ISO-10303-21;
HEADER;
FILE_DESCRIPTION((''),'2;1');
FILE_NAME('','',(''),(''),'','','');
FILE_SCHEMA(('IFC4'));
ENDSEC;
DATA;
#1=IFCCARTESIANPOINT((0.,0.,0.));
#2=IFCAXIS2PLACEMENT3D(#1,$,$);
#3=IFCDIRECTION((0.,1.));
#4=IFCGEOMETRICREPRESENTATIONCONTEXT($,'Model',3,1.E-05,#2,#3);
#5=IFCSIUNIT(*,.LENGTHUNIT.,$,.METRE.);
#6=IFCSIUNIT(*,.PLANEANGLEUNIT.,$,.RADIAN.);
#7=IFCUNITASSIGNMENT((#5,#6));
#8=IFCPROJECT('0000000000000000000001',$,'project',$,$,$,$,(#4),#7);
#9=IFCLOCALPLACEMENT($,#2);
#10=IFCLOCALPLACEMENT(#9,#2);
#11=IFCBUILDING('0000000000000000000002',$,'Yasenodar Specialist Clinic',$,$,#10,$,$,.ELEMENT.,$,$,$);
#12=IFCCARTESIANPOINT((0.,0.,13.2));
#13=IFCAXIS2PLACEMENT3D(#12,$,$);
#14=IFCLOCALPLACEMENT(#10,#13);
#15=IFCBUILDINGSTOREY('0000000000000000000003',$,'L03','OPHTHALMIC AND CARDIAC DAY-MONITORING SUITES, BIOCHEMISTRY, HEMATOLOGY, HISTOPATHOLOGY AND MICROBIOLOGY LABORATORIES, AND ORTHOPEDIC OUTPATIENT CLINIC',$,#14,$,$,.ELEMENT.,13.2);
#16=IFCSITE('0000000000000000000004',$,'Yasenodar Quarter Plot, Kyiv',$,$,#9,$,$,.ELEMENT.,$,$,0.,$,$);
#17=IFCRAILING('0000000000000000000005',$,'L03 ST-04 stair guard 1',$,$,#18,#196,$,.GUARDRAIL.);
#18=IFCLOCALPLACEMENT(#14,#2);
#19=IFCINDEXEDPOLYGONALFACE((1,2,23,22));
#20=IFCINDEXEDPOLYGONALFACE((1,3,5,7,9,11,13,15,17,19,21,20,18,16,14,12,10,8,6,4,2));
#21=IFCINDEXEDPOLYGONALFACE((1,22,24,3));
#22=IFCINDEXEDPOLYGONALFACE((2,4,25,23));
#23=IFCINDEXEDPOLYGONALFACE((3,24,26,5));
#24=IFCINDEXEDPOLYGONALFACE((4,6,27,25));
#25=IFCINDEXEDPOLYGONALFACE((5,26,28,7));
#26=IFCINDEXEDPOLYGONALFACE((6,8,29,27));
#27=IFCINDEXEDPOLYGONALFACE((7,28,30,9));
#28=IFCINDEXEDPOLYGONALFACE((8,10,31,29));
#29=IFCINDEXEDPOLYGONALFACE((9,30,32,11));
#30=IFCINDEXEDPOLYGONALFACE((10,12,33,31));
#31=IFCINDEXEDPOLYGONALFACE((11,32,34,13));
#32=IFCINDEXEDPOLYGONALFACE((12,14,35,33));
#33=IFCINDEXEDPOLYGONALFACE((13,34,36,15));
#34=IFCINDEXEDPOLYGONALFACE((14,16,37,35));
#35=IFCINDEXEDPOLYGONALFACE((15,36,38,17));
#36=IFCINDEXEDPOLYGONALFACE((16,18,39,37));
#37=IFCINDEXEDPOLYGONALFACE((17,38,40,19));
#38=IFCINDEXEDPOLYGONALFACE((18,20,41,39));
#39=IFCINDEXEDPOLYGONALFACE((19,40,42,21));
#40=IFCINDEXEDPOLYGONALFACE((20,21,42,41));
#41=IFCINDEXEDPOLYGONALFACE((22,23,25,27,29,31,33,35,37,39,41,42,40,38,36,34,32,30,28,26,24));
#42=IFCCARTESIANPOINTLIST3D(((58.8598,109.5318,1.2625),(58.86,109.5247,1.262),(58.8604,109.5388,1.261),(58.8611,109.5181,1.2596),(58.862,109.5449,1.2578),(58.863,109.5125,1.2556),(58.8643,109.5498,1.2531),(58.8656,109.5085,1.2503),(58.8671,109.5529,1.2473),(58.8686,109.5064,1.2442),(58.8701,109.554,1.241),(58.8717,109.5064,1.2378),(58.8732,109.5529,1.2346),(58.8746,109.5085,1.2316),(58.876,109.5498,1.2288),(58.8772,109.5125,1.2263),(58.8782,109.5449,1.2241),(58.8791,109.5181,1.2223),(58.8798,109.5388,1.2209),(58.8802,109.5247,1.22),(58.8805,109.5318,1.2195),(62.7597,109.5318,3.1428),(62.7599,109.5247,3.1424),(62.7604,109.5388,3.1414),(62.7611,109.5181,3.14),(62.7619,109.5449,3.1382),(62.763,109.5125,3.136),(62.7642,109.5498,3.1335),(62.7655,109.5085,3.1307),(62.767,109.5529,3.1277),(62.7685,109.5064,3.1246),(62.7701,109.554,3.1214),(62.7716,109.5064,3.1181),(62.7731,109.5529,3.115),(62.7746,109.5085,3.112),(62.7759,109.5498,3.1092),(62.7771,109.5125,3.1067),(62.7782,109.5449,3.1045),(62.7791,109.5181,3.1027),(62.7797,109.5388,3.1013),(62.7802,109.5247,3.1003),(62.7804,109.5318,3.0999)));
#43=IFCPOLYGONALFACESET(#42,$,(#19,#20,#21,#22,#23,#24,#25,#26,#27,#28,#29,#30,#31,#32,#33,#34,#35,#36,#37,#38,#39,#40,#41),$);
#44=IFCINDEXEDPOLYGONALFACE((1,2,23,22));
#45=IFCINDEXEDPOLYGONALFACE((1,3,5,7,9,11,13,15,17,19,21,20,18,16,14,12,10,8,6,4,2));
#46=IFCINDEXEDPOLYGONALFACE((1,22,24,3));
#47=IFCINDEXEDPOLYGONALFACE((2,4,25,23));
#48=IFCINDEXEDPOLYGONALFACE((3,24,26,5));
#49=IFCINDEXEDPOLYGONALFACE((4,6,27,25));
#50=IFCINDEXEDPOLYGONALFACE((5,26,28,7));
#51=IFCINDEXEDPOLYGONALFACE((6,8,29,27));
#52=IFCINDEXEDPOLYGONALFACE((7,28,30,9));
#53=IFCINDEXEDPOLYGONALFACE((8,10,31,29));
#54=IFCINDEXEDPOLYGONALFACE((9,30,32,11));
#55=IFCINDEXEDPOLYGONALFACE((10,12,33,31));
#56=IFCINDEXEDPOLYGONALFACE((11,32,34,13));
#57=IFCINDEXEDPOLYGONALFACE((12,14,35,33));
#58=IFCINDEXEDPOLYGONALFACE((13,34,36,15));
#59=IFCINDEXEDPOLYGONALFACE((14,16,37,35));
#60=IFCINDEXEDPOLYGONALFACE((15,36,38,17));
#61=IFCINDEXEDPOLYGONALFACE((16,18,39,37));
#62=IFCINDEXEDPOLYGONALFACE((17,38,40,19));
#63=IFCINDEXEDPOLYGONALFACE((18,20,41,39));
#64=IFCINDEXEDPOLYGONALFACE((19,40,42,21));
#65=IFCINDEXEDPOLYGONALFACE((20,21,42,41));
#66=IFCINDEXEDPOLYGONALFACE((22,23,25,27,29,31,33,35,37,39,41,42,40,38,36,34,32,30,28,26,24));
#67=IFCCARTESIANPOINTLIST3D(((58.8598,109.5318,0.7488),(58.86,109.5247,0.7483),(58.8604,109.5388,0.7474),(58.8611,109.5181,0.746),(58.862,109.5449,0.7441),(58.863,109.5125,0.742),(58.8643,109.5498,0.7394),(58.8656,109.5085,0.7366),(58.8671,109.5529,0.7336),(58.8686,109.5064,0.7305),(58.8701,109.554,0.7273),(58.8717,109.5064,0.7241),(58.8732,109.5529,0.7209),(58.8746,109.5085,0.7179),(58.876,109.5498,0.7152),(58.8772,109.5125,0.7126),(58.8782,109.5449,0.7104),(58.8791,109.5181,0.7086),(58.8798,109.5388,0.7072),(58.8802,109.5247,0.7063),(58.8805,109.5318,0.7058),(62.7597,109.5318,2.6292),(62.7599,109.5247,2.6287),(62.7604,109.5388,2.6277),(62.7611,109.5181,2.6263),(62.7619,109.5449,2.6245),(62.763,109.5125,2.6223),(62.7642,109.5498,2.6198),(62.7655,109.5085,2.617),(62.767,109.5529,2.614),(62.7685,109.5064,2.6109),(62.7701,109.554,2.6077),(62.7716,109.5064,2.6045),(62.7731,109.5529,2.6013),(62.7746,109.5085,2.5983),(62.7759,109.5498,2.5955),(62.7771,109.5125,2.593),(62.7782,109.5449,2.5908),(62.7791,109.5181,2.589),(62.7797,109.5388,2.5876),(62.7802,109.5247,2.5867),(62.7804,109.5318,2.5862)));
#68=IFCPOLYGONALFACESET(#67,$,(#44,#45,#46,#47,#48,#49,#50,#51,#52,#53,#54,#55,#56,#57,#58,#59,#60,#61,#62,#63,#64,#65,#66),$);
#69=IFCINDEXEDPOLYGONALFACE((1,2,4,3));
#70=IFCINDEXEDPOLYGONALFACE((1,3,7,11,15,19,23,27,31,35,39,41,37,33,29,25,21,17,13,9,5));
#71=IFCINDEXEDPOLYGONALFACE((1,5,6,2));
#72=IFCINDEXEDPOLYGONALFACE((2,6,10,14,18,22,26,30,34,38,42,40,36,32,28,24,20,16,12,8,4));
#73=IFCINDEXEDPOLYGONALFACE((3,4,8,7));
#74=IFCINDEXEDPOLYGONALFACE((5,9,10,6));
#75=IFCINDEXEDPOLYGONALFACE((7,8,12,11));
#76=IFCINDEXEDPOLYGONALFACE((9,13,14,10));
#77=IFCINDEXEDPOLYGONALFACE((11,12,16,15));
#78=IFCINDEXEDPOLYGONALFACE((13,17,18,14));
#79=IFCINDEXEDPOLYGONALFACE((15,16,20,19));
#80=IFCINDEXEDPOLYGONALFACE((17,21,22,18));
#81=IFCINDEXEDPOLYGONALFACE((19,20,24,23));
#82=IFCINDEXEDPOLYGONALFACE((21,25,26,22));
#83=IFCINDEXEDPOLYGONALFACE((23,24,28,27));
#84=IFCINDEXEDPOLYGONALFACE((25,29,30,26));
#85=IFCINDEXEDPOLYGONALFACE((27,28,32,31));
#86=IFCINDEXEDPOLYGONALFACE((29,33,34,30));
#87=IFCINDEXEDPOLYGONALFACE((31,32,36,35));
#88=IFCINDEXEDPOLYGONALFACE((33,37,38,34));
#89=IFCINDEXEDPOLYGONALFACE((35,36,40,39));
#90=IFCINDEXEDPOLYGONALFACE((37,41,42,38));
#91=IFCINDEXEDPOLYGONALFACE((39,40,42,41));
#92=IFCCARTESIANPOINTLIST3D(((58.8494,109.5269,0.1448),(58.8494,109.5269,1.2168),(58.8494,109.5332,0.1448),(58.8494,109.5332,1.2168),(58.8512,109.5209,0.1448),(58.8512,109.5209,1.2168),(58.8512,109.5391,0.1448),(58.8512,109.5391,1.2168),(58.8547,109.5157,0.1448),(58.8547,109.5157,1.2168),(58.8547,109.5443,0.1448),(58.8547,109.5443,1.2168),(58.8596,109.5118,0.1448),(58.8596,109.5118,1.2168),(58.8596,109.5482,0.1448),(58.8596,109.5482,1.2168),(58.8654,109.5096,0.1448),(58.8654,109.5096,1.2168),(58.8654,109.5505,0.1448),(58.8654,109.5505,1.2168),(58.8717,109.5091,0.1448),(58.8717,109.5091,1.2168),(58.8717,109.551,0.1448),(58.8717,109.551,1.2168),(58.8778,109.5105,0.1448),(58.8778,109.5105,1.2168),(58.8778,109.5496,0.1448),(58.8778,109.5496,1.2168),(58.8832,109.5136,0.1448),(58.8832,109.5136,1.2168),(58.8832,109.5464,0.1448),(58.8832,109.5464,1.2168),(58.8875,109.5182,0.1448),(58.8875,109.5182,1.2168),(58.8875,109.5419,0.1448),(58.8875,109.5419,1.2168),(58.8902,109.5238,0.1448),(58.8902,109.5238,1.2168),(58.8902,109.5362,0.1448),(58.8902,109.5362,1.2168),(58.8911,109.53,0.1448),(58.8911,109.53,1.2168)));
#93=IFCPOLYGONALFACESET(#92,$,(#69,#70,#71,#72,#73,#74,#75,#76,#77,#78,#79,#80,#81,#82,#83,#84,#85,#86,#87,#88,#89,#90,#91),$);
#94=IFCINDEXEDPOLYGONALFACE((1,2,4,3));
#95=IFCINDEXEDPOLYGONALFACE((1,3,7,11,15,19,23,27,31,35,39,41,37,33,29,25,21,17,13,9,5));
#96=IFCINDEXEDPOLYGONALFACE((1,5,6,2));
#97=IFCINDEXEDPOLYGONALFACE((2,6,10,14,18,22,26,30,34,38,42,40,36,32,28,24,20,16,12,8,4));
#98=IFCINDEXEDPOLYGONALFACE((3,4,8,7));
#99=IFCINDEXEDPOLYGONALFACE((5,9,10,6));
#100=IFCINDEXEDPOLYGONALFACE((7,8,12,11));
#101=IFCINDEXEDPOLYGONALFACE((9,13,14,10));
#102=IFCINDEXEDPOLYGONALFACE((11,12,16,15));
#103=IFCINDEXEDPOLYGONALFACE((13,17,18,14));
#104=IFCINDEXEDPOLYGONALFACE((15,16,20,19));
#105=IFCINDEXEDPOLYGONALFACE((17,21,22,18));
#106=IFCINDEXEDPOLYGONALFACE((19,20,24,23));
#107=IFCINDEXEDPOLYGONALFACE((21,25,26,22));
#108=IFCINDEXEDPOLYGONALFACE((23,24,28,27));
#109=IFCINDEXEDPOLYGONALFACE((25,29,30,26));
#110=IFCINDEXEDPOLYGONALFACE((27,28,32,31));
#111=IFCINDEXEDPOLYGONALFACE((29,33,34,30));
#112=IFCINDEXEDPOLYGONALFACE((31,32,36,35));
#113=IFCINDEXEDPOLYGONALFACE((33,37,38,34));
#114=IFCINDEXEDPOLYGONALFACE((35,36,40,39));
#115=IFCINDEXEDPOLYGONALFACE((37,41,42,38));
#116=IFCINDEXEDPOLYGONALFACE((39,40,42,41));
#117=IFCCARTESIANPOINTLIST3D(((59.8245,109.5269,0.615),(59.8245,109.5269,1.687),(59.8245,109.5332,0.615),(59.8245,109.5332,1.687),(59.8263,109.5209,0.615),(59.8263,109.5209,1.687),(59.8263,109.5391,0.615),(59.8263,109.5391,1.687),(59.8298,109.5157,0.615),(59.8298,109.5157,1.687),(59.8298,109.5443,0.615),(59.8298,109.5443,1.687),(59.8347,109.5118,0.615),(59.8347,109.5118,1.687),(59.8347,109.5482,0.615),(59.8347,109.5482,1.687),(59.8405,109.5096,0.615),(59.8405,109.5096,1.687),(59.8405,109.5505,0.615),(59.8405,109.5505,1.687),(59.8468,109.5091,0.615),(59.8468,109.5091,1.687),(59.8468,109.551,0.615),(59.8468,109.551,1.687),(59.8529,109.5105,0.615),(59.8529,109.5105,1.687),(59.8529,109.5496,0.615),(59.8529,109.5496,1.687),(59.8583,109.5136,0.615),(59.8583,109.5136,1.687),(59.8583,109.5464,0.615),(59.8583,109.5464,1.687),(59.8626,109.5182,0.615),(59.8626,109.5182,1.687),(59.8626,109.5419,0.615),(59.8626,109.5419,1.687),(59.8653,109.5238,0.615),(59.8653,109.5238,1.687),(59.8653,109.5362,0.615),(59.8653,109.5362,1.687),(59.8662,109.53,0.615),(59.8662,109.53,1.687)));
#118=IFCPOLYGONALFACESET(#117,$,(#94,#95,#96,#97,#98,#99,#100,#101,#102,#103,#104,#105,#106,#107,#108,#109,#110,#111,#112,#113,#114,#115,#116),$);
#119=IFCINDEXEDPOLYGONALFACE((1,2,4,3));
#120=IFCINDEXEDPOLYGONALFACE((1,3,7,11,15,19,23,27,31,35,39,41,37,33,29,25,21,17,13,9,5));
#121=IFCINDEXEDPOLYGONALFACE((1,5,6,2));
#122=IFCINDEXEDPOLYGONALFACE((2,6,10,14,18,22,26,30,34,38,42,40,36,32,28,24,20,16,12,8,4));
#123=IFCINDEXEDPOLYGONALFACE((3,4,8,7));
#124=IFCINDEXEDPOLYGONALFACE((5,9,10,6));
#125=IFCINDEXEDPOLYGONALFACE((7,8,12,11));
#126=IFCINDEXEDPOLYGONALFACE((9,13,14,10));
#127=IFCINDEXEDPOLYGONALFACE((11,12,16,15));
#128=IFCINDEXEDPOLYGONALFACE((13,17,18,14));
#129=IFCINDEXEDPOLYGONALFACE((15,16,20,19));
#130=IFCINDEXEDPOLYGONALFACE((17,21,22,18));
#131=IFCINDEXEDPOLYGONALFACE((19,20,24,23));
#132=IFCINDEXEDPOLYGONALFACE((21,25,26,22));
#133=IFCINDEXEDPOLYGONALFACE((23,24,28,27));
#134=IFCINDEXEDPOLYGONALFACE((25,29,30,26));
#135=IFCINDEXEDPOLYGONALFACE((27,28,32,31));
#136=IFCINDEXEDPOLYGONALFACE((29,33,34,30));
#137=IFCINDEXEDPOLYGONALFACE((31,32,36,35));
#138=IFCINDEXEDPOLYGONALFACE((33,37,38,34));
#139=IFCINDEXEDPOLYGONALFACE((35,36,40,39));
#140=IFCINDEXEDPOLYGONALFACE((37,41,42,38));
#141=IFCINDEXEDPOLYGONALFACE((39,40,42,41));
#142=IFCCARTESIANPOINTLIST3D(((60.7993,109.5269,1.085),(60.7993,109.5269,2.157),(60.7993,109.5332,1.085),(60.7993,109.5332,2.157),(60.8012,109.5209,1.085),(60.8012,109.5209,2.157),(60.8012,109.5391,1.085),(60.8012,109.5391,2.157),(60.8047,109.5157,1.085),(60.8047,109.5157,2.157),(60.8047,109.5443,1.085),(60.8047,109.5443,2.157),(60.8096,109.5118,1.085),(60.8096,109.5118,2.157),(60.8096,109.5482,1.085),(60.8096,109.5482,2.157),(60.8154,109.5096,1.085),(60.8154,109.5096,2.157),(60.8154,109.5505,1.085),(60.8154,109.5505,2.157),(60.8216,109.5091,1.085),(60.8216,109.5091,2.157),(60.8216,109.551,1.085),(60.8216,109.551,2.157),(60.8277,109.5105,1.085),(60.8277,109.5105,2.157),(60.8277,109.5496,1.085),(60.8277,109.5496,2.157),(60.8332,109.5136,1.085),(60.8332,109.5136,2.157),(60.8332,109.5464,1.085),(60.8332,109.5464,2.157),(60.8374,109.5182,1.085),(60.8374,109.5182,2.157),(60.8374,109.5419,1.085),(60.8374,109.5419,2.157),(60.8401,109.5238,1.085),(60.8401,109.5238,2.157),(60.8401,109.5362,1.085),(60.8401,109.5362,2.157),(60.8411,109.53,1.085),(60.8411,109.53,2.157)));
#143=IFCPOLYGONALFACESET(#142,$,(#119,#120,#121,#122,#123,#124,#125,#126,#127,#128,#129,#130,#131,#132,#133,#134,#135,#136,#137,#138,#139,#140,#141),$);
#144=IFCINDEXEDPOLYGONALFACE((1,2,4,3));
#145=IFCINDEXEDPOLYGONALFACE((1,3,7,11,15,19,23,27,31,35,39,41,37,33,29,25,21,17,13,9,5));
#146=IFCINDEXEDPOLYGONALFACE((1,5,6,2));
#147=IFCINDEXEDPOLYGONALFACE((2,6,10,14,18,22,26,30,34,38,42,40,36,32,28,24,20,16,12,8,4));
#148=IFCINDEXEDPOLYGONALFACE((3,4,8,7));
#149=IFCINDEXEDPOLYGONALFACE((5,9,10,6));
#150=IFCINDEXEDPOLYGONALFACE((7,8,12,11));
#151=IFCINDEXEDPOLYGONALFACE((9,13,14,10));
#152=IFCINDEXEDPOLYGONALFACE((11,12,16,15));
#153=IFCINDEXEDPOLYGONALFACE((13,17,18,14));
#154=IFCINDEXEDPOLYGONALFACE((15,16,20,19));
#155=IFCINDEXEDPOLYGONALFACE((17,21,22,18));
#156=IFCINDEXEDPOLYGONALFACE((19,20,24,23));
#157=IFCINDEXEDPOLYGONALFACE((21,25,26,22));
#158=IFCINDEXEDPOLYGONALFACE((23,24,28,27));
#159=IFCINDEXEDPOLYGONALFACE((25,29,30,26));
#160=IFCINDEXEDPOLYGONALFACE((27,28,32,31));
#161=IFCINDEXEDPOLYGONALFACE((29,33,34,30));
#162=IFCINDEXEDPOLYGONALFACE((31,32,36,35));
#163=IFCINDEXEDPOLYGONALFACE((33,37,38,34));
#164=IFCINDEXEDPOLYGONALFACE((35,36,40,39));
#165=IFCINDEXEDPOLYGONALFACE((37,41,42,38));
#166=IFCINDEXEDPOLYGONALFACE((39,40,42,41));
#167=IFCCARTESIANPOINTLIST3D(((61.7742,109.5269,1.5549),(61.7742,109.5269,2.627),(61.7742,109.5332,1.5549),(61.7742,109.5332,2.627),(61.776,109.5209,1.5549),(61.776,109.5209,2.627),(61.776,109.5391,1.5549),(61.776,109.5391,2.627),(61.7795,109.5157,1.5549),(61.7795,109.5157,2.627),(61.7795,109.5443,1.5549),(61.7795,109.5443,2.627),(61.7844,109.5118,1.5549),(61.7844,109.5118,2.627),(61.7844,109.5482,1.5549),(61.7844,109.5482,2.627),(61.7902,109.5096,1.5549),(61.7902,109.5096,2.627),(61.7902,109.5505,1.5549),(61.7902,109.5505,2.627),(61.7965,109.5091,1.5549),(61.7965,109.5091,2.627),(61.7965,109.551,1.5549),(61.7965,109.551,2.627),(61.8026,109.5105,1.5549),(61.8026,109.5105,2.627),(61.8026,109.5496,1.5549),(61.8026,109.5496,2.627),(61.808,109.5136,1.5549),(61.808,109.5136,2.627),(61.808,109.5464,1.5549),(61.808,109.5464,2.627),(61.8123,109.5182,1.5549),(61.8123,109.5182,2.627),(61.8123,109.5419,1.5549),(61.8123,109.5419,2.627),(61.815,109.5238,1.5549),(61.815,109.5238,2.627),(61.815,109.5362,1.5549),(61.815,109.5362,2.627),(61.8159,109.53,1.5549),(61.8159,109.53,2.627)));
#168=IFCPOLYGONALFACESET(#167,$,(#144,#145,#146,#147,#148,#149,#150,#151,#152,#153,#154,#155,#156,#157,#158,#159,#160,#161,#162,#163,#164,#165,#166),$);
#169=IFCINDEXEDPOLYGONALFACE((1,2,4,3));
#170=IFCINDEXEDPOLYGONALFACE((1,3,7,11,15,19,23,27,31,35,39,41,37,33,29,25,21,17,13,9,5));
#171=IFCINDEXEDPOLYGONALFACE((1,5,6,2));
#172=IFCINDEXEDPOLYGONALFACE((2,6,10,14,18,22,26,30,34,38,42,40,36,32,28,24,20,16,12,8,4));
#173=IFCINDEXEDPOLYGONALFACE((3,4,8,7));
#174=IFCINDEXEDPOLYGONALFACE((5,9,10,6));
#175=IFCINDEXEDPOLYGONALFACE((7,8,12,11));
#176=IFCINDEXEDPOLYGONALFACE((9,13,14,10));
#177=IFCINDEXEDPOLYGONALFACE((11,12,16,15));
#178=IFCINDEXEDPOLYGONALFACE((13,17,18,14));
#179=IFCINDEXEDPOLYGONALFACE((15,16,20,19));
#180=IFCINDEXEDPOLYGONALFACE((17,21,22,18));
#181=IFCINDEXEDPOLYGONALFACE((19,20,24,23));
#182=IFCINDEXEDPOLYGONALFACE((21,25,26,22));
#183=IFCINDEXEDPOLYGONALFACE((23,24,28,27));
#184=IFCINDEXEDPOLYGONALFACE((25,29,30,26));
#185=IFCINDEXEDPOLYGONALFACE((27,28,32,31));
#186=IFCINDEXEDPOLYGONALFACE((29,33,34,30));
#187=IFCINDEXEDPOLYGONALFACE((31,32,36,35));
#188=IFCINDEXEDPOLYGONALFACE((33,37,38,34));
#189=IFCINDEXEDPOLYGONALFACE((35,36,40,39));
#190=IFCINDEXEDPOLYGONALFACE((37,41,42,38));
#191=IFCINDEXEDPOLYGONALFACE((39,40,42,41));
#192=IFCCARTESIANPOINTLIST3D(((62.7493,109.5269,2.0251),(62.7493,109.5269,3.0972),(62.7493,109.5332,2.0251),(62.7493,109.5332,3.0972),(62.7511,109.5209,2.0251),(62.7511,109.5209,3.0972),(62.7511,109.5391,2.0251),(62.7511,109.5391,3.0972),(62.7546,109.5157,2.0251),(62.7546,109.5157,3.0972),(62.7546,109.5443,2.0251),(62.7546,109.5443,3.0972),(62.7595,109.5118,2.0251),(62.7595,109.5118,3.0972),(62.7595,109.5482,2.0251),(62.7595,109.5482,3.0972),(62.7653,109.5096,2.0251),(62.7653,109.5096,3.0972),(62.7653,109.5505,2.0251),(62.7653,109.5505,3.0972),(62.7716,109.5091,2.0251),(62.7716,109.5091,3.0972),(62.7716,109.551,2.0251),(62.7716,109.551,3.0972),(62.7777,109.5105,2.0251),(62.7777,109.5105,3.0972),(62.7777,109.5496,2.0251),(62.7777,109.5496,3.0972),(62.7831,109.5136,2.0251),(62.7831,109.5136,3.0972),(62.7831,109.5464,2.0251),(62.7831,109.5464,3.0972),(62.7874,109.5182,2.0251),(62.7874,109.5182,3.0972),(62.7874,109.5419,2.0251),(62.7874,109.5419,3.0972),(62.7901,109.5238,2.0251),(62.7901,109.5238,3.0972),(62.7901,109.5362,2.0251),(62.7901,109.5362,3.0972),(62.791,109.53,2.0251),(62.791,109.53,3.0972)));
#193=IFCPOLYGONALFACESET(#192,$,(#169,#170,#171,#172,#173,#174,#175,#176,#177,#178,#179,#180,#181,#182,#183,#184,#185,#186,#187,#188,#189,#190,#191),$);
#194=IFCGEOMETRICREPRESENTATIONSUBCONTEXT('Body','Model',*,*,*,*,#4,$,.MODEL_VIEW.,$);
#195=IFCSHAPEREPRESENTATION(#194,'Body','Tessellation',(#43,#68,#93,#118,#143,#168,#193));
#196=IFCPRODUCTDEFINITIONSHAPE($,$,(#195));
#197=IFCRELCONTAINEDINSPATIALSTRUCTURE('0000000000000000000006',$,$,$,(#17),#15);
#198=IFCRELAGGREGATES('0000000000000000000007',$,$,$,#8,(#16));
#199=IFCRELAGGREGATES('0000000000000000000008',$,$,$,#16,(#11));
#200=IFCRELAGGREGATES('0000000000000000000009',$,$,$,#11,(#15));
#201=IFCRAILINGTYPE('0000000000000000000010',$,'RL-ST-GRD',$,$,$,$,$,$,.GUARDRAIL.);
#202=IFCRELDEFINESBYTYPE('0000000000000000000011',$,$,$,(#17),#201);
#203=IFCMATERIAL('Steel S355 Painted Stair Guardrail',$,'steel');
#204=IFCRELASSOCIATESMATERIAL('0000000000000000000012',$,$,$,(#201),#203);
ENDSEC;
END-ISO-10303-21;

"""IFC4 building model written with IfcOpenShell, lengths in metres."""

from ifc_helpers import new_model, si_unit, direction, frame, origin, origin_2d, place, context, subcontext, project, spatial, circle, extrude, material, type_object, element, save


model = new_model("IFC4")

# Units and contexts
model_context = context("Model", 3, precision=1e-05, world=origin(), true_north=direction((0.0, 1.0)))
body_context = subcontext(model_context, "Body", "Model", "MODEL_VIEW")
ifc_project = project(units=[si_unit("LENGTHUNIT", "METRE"), si_unit("PLANEANGLEUNIT", "RADIAN")], contexts=[model_context])

# Site, building, storey
site_placement = place(None, origin())
site = spatial("IfcSite", under=ifc_project, at=site_placement, Name="Yasenodar Quarter Plot, Kyiv", CompositionType="ELEMENT", RefElevation=0.0)
building_placement = place(site_placement, origin())
building = spatial("IfcBuilding", under=site, at=building_placement, Name="Yasenodar Specialist Clinic", CompositionType="ELEMENT")
storey_placement = place(building_placement, frame((0.0, 0.0, 13.2)))
storey = spatial("IfcBuildingStorey", under=building, at=storey_placement, Name="L03", Description="OPHTHALMIC AND CARDIAC DAY-MONITORING SUITES, BIOCHEMISTRY, HEMATOLOGY, HISTOPATHOLOGY AND MICROBIOLOGY LABORATORIES, AND ORTHOPEDIC OUTPATIENT CLINIC", CompositionType="ELEMENT", Elevation=13.2)

# Railing
ifc_material_1 = material(Name="Steel S355 Painted Stair Guardrail", Category="steel")
railing_type_1 = type_object("IfcRailingType", Name="RL-ST-GRD", PredefinedType="GUARDRAIL", material=ifc_material_1)
railing_1_placement = place(storey_placement, frame((58.8701, 109.53, 0.1448)))
element("IfcRailing", 1, at=railing_1_placement, inside=storey, type_object=railing_type_1, Name="L03 ST-04 stair guard 1", PredefinedType="GUARDRAIL", context=body_context, shape_type="SweptSolid", body=[
    extrude(circle(Radius=0.0239, at=origin_2d()), frame((0.0, 0.0, 1.0962), z_axis=(0.900763, 0.0, 0.434311), x_axis=(0.0, 1.0, 0.0)), (0.0, 0.0, 1.0), 4.3296),
    extrude(circle(Radius=0.0239, at=origin_2d()), frame((0.0, 0.0, 0.5825), z_axis=(0.900763, 0.0, 0.434311), x_axis=(0.0, 1.0, 0.0)), (0.0, 0.0, 1.0), 4.3296),
    extrude(circle(Radius=0.021, at=origin_2d()), origin(), (0.0, 0.0, 1.0), 1.072),
    extrude(circle(Radius=0.021, at=origin_2d()), frame((0.9751, 0.0, 0.4702)), (0.0, 0.0, 1.0), 1.072),
    extrude(circle(Radius=0.021, at=origin_2d()), frame((1.95, 0.0, 0.9402)), (0.0, 0.0, 1.0), 1.072),
    extrude(circle(Radius=0.021, at=origin_2d()), frame((2.9248, 0.0, 1.4102)), (0.0, 0.0, 1.0), 1.072),
    extrude(circle(Radius=0.021, at=origin_2d()), frame((3.8999, 0.0, 1.8804)), (0.0, 0.0, 1.0), 1.072),
])

save(model, "model.ifc")
